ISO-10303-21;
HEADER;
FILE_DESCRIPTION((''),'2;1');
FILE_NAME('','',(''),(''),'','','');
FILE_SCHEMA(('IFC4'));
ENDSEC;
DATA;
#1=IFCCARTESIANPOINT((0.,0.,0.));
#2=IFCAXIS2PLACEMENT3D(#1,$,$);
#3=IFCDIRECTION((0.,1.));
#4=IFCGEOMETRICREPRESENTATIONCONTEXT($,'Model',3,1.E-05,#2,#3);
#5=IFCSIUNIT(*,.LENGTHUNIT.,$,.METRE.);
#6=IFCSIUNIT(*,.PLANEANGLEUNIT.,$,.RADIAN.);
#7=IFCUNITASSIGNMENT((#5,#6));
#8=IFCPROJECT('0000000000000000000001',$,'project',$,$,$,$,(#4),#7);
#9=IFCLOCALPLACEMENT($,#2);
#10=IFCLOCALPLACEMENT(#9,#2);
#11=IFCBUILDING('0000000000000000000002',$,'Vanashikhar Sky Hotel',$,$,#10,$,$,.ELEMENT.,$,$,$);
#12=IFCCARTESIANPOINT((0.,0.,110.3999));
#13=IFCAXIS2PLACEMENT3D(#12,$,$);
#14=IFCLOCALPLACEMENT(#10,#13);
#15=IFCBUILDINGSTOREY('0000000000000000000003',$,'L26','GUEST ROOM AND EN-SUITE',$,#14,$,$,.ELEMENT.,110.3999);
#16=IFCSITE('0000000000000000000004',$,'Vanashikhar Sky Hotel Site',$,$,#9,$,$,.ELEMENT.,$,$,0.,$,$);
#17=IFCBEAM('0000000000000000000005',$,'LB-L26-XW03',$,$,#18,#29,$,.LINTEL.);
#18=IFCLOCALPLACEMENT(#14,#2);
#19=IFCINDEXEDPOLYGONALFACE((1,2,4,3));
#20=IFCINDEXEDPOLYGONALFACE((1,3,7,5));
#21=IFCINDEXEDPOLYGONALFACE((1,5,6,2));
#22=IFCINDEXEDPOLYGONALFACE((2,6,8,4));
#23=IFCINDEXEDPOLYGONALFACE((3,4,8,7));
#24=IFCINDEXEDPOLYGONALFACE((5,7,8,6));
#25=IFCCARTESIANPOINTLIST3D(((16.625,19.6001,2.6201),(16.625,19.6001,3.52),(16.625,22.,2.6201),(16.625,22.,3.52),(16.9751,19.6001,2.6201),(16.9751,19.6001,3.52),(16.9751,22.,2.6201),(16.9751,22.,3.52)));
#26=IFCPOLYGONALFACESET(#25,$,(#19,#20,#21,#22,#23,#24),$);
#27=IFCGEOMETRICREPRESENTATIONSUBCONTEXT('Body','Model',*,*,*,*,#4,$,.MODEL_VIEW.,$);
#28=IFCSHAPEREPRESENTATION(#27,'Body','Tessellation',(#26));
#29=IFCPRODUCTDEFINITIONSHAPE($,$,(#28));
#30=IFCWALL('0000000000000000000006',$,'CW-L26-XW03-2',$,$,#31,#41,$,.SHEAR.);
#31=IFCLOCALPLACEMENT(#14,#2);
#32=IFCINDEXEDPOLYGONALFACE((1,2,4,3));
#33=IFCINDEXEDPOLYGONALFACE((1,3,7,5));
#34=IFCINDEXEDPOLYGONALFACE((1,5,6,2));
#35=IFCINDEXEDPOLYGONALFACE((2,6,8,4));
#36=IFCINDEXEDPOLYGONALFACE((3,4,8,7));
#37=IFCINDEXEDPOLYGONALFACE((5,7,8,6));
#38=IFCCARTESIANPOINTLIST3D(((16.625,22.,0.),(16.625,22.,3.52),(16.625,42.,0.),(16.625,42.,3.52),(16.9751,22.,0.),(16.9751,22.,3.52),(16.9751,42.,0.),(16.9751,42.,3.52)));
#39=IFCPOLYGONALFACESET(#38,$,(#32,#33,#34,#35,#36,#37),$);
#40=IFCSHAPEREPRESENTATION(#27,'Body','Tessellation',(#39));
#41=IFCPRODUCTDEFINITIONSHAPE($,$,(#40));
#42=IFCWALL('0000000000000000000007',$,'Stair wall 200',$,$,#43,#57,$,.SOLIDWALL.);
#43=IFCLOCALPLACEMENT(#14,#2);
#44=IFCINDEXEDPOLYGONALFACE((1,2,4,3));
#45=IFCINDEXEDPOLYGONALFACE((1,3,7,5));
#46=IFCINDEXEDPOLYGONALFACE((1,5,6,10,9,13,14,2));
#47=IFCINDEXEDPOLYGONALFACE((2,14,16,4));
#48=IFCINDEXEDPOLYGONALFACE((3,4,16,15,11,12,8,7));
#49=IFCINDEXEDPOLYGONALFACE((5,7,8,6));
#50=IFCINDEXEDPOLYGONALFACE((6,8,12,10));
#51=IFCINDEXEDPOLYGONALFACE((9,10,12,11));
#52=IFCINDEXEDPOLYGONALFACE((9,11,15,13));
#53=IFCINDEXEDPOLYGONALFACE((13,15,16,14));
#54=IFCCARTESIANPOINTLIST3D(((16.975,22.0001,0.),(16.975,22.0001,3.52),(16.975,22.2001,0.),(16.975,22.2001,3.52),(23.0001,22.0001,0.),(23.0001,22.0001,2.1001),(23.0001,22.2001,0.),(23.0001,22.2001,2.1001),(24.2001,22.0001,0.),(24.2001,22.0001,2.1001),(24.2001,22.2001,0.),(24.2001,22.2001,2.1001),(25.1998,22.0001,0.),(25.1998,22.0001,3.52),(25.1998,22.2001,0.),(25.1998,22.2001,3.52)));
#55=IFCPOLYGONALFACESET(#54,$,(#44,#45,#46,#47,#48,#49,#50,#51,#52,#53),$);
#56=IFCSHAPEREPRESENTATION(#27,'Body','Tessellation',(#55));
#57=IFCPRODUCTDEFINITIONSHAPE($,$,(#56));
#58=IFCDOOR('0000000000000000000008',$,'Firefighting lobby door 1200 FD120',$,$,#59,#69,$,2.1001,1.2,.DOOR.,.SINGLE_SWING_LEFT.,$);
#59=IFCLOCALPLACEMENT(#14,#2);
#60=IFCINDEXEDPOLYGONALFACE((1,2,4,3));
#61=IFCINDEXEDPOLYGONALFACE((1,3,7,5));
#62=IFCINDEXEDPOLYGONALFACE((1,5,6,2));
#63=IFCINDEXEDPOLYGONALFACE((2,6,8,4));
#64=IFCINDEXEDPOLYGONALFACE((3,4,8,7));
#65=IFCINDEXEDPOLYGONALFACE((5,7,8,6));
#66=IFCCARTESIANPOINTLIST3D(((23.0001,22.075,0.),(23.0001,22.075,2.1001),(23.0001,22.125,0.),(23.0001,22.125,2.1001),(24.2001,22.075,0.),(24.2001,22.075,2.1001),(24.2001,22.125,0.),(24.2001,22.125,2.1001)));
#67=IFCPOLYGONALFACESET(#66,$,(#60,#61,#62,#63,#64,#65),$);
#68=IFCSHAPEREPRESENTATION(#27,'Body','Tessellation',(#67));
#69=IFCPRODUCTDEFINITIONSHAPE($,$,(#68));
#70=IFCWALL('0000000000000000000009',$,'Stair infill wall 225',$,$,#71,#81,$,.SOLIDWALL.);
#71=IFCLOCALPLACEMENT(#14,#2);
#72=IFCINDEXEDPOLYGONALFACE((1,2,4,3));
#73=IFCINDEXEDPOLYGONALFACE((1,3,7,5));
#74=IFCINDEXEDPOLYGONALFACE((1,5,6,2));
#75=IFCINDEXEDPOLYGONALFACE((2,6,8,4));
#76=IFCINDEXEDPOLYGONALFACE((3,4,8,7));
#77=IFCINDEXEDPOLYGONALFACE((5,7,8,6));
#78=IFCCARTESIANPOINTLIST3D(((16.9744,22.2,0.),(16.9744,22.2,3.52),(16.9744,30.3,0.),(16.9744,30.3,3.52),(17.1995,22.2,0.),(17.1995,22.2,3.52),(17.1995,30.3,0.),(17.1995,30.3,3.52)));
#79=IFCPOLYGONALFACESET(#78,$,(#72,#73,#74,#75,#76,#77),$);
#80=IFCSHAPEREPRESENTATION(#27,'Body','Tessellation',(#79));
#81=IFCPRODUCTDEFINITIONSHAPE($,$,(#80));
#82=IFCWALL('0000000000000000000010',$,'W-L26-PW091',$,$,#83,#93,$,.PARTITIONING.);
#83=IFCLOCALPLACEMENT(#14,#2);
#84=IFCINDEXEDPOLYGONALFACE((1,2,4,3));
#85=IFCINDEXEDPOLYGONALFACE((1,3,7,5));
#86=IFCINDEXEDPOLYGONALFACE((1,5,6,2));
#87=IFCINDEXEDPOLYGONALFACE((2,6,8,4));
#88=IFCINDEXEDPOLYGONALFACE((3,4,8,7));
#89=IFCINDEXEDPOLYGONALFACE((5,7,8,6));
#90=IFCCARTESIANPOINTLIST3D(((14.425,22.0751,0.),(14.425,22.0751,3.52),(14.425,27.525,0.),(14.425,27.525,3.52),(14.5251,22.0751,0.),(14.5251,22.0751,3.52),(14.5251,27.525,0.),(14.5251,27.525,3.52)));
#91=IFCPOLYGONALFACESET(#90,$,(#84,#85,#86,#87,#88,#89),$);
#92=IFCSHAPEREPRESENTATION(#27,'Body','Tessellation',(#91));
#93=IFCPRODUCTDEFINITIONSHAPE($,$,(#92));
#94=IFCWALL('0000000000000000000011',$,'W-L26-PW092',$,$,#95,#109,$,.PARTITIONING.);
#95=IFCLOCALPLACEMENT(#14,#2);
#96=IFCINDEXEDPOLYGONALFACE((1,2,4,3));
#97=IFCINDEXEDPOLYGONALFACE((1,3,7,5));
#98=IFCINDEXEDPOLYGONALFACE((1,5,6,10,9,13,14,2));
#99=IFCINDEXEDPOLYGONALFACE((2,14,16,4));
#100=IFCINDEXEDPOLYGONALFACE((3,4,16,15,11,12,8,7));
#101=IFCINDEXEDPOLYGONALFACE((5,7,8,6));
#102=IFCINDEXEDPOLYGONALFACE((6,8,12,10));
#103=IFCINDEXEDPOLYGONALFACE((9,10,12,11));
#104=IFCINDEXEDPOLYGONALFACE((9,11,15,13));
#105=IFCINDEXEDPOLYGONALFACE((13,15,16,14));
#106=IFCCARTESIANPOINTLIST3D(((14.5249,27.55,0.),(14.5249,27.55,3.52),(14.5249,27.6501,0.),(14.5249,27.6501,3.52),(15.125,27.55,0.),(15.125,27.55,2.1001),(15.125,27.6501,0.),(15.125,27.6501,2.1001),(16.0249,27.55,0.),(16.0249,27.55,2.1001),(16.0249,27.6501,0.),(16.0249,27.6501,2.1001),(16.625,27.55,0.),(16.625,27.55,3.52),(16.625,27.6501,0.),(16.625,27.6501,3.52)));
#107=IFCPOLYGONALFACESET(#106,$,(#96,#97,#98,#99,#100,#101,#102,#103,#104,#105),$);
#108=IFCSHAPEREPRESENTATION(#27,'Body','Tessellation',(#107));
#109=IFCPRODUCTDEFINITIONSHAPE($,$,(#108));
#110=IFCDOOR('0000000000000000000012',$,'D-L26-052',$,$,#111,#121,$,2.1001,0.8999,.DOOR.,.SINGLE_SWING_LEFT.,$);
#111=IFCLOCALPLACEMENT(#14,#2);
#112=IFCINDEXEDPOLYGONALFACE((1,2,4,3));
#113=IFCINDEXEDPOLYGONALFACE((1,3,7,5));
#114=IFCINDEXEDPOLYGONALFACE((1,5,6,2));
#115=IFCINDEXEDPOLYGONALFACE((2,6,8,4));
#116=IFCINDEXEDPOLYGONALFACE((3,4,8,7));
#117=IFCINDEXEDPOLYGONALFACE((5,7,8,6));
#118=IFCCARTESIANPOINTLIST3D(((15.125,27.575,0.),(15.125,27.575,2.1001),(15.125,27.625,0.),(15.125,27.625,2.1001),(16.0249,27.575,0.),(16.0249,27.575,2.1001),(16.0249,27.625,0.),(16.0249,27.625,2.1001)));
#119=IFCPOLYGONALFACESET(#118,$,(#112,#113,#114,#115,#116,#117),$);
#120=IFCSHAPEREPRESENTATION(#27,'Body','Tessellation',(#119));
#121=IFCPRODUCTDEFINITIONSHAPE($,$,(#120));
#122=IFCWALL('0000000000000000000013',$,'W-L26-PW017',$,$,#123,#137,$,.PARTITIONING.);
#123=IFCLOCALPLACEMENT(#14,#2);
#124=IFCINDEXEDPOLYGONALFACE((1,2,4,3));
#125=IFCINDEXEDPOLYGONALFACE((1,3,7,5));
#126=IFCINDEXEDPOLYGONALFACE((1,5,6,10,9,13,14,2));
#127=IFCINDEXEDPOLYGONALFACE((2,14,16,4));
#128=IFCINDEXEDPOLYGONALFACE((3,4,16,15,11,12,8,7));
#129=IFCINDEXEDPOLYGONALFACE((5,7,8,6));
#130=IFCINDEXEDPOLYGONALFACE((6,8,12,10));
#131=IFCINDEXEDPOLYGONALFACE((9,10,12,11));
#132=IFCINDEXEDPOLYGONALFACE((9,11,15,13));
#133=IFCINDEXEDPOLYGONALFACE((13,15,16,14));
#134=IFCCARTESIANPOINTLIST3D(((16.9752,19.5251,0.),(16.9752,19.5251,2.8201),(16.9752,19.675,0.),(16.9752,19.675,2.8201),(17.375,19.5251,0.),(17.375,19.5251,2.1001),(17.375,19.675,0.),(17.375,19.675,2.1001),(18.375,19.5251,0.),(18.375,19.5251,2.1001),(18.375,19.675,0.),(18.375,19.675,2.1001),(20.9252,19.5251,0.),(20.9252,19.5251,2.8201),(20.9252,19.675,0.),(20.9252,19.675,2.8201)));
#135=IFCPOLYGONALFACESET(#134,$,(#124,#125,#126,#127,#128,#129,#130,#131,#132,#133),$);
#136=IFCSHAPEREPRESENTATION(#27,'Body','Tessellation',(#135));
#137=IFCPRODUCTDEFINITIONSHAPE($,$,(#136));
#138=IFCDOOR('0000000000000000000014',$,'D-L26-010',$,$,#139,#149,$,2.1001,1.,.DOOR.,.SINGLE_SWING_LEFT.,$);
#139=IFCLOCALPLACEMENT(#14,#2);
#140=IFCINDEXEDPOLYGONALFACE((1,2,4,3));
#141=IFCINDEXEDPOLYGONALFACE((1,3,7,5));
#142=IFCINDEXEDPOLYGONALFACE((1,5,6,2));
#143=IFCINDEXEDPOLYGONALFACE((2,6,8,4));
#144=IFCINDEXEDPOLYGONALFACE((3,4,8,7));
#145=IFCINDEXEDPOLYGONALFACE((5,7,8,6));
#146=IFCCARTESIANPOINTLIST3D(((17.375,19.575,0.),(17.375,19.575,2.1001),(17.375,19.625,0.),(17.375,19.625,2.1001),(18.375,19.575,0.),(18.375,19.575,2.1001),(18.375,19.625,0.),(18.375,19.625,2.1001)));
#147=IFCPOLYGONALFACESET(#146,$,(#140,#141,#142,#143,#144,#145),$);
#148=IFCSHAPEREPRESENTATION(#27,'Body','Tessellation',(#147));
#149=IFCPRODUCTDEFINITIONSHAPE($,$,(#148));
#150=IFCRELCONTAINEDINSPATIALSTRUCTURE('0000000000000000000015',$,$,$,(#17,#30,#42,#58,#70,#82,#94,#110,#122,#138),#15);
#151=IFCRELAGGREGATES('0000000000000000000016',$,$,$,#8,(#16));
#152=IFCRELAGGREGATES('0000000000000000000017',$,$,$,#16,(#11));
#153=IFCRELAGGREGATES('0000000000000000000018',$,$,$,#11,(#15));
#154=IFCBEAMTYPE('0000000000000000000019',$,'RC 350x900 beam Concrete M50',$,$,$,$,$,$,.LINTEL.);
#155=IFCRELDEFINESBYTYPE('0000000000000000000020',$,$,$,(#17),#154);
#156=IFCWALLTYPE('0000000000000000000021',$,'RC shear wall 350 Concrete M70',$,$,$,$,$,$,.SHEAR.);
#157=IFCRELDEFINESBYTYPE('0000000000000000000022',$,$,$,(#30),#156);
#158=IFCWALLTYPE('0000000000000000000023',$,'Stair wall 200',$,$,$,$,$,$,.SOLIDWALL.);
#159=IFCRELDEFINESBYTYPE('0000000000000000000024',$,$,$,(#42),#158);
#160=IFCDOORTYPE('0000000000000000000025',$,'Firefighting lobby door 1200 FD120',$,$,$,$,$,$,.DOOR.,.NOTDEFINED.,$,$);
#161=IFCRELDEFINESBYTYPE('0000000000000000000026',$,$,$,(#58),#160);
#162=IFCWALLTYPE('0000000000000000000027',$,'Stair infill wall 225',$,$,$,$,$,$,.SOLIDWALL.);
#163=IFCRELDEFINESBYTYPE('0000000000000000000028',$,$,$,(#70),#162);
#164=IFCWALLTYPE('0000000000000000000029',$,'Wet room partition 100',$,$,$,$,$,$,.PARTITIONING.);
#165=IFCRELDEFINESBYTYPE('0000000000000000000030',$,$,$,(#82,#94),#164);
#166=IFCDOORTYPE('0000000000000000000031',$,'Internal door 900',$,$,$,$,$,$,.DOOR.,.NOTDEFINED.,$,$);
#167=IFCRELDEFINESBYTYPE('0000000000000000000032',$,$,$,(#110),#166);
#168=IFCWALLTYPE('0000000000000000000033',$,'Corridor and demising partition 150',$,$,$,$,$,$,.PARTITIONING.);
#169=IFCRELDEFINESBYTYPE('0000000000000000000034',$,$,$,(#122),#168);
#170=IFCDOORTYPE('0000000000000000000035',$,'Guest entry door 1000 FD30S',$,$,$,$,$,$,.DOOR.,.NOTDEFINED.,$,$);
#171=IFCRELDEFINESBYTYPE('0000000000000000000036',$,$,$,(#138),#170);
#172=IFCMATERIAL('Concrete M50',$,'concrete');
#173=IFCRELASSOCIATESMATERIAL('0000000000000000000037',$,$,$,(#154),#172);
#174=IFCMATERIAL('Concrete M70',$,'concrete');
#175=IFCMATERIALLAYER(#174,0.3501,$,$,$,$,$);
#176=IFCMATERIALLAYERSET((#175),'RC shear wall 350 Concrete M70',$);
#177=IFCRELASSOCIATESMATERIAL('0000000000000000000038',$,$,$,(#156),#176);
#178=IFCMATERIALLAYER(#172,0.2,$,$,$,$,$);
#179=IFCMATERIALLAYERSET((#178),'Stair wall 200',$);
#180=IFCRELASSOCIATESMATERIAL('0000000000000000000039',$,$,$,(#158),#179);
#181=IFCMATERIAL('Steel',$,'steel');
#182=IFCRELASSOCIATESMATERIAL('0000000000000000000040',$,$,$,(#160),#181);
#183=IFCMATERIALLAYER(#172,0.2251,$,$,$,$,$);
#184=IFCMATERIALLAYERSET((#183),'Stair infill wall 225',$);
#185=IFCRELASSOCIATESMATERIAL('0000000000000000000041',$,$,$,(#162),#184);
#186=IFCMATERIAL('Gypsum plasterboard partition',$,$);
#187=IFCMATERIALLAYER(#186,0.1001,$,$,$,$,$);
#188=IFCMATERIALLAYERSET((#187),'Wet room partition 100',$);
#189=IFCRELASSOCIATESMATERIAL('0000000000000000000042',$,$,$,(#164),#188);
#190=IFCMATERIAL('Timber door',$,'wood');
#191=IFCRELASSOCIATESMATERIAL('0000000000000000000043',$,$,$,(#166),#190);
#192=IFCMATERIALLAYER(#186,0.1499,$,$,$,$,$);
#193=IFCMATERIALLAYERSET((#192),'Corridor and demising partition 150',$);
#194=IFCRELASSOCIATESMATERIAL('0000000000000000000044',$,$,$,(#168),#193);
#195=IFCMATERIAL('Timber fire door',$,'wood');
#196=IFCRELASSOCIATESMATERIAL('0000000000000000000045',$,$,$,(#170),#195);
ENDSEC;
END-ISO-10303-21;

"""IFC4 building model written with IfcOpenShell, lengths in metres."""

from ifc_helpers import new_model, si_unit, direction, frame, frame_2d, origin, origin_2d, place, context, subcontext, project, spatial, rectangle, extrude, source, transform, mapped, material, layer, layer_set, material_profile, profile_set, type_object, element, fill, save


model = new_model("IFC4")

# Units and contexts
model_context = context("Model", 3, precision=1e-05, world=origin(), true_north=direction((0.0, 1.0)))
body_context = subcontext(model_context, "Body", "Model", "MODEL_VIEW")
ifc_project = project(units=[si_unit("LENGTHUNIT", "METRE"), si_unit("PLANEANGLEUNIT", "RADIAN")], contexts=[model_context])

# Site, building, storey
site_placement = place(None, origin())
site = spatial("IfcSite", under=ifc_project, at=site_placement, Name="Vanashikhar Sky Hotel Site", CompositionType="ELEMENT", RefElevation=0.0)
building_placement = place(site_placement, origin())
building = spatial("IfcBuilding", under=site, at=building_placement, Name="Vanashikhar Sky Hotel", CompositionType="ELEMENT")
storey_placement = place(building_placement, frame((0.0, 0.0, 110.3999)))
storey = spatial("IfcBuildingStorey", under=building, at=storey_placement, Name="L26", Description="GUEST ROOM AND EN-SUITE", CompositionType="ELEMENT", Elevation=110.3999)

# Beam
ifc_material_1 = material(Name="Concrete M50", Category="concrete")
ifc_material_profile = material_profile(ifc_material_1, rectangle(XDim=0.3501, YDim=0.8999, at=origin_2d()))
ifc_profile_set = profile_set([ifc_material_profile], Name="RC 350x900 beam Concrete M50")
beam_type = type_object("IfcBeamType", Name="RC 350x900 beam Concrete M50", PredefinedType="LINTEL", material=ifc_profile_set)
shared_shape_1 = source(origin(), body_context, "Body", "SweptSolid", [
    extrude(rectangle(XDim=0.3501, YDim=0.8999, at=origin_2d()), origin(), (0.0, 0.0, 1.0), 2.3999),
])
beam_placement = place(storey_placement, frame((16.8, 19.6001, 3.0701), z_axis=(0.0, 1.0, 0.0), x_axis=(-1.0, 0.0, 0.0)))
element("IfcBeam", 1, at=beam_placement, inside=storey, type_object=beam_type, Name="LB-L26-XW03", PredefinedType="LINTEL", context=body_context, shape_type="MappedRepresentation", body=[
    mapped(shared_shape_1, transform((0.0, 0.0, 0.0), scale=1.0)),
])

# Wall
ifc_material_2 = material(Name="Concrete M70", Category="concrete")
ifc_layer_1 = layer(ifc_material_2, 0.3501)
ifc_layer_set_1 = layer_set([ifc_layer_1], Name="RC shear wall 350 Concrete M70")
wall_type_1 = type_object("IfcWallType", Name="RC shear wall 350 Concrete M70", PredefinedType="SHEAR", material=ifc_layer_set_1)
shared_shape_2 = source(origin(), body_context, "Body", "SweptSolid", [
    extrude(rectangle(XDim=20.0, YDim=0.3501, at=frame_2d((10.0, 0.0))), origin(), (0.0, 0.0, 1.0), 3.52),
])
wall_1_placement = place(storey_placement, frame((16.8, 22.0, 0.0), z_axis=(0.0, 0.0, 1.0), x_axis=(0.0, 1.0, 0.0)))
element("IfcWall", 2, at=wall_1_placement, inside=storey, type_object=wall_type_1, Name="CW-L26-XW03-2", PredefinedType="SHEAR", context=body_context, shape_type="MappedRepresentation", body=[
    mapped(shared_shape_2, transform((0.0, 0.0, 0.0), scale=1.0)),
])

# Wall, opening, door
ifc_layer_2 = layer(ifc_material_1, 0.2)
ifc_layer_set_2 = layer_set([ifc_layer_2], Name="Stair wall 200")
wall_type_2 = type_object("IfcWallType", Name="Stair wall 200", PredefinedType="SOLIDWALL", material=ifc_layer_set_2)
shared_shape_3 = source(origin(), body_context, "Body", "SweptSolid", [
    extrude(rectangle(XDim=8.2249, YDim=0.2, at=frame_2d((4.1123, 0.0))), origin(), (0.0, 0.0, 1.0), 3.52),
])
wall_2_placement = place(storey_placement, frame((16.9751, 22.1001, 0.0), z_axis=(0.0, 0.0, 1.0), x_axis=(1.0, 0.0, 0.0)))
wall_2 = element("IfcWall", 3, at=wall_2_placement, inside=storey, type_object=wall_type_2, Name="Stair wall 200", PredefinedType="SOLIDWALL", context=body_context, shape_type="MappedRepresentation", body=[
    mapped(shared_shape_3, transform((0.0, 0.0, 0.0), scale=1.0)),
])
shared_shape_4 = source(origin(), body_context, "Body", "SweptSolid", [
    extrude(rectangle(XDim=1.2, YDim=2.1001, at=frame_2d((0.6001, 1.05))), frame((0.0, 0.1099, 0.0), z_axis=(0.0, -1.0, 0.0), x_axis=(1.0, 0.0, 0.0)), (0.0, 0.0, 1.0), 0.22),
])
opening_1_placement = place(wall_2_placement, frame((6.0249, 0.0, 0.0)))
opening_1 = element("IfcOpeningElement", 4, at=opening_1_placement, cuts=wall_2, PredefinedType="OPENING", context=body_context, shape_type="MappedRepresentation", body=[
    mapped(shared_shape_4, transform((0.0, 0.0, 0.0), scale=1.0)),
])
ifc_material_3 = material(Name="Steel", Category="steel")
door_type_1 = type_object("IfcDoorType", Name="Firefighting lobby door 1200 FD120", OperationType="NOTDEFINED", PredefinedType="DOOR", material=ifc_material_3)
shared_shape_5 = source(origin(), body_context, "Body", "SweptSolid", [
    extrude(rectangle(XDim=1.2, YDim=2.1001, at=frame_2d((0.6001, 1.05))), frame((0.0, 0.0249, 0.0), z_axis=(0.0, -1.0, 0.0), x_axis=(1.0, 0.0, 0.0)), (0.0, 0.0, 1.0), 0.05),
])
door_1_placement = place(opening_1_placement, origin())
door_1 = element("IfcDoor", 5, at=door_1_placement, inside=storey, type_object=door_type_1, Name="Firefighting lobby door 1200 FD120", OperationType="SINGLE_SWING_LEFT", OverallHeight=2.1001, OverallWidth=1.2, PredefinedType="DOOR", context=body_context, shape_type="MappedRepresentation", body=[
    mapped(shared_shape_5, transform((0.0, 0.0, 0.0), scale=1.0)),
])
fill(opening_1, door_1)

# Walls
ifc_layer_3 = layer(ifc_material_1, 0.2251)
ifc_layer_set_3 = layer_set([ifc_layer_3], Name="Stair infill wall 225")
wall_type_3 = type_object("IfcWallType", Name="Stair infill wall 225", PredefinedType="SOLIDWALL", material=ifc_layer_set_3)
shared_shape_6 = source(origin(), body_context, "Body", "SweptSolid", [
    extrude(rectangle(XDim=8.1001, YDim=0.2251, at=frame_2d((4.05, 0.0))), origin(), (0.0, 0.0, 1.0), 3.52),
])
wall_3_placement = place(storey_placement, frame((17.0869, 22.2, 0.0), z_axis=(0.0, 0.0, 1.0), x_axis=(0.0, 1.0, 0.0)))
element("IfcWall", 6, at=wall_3_placement, inside=storey, type_object=wall_type_3, Name="Stair infill wall 225", PredefinedType="SOLIDWALL", context=body_context, shape_type="MappedRepresentation", body=[
    mapped(shared_shape_6, transform((0.0, 0.0, 0.0), scale=1.0)),
])
ifc_material_4 = material(Name="Gypsum plasterboard partition")
ifc_layer_4 = layer(ifc_material_4, 0.1001)
ifc_layer_set_4 = layer_set([ifc_layer_4], Name="Wet room partition 100")
wall_type_4 = type_object("IfcWallType", Name="Wet room partition 100", PredefinedType="PARTITIONING", material=ifc_layer_set_4)
shared_shape_7 = source(origin(), body_context, "Body", "SweptSolid", [
    extrude(rectangle(XDim=5.45, YDim=0.1001, at=frame_2d((2.7251, 0.0))), origin(), (0.0, 0.0, 1.0), 3.52),
])
wall_4_placement = place(storey_placement, frame((14.4751, 22.075, 0.0), z_axis=(0.0, 0.0, 1.0), x_axis=(0.0, 1.0, 0.0)))
element("IfcWall", 7, at=wall_4_placement, inside=storey, type_object=wall_type_4, Name="W-L26-PW091", PredefinedType="PARTITIONING", context=body_context, shape_type="MappedRepresentation", body=[
    mapped(shared_shape_7, transform((0.0, 0.0, 0.0), scale=1.0)),
])

# Walls, openings, doors
shared_shape_8 = source(origin(), body_context, "Body", "SweptSolid", [
    extrude(rectangle(XDim=2.1001, YDim=0.1001, at=frame_2d((1.05, 0.0))), origin(), (0.0, 0.0, 1.0), 3.52),
])
wall_5_placement = place(storey_placement, frame((14.5249, 27.6001, 0.0), z_axis=(0.0, 0.0, 1.0), x_axis=(1.0, 0.0, 0.0)))
wall_5 = element("IfcWall", 8, at=wall_5_placement, inside=storey, type_object=wall_type_4, Name="W-L26-PW092", PredefinedType="PARTITIONING", context=body_context, shape_type="MappedRepresentation", body=[
    mapped(shared_shape_8, transform((0.0, 0.0, 0.0), scale=1.0)),
])
shared_shape_9 = source(origin(), body_context, "Body", "SweptSolid", [
    extrude(rectangle(XDim=0.8999, YDim=2.1001, at=frame_2d((0.45, 1.05))), frame((0.0, 0.0601, 0.0), z_axis=(0.0, -1.0, 0.0), x_axis=(1.0, 0.0, 0.0)), (0.0, 0.0, 1.0), 0.1201),
])
opening_2_placement = place(wall_5_placement, frame((0.6001, 0.0, 0.0)))
opening_2 = element("IfcOpeningElement", 9, at=opening_2_placement, cuts=wall_5, PredefinedType="OPENING", context=body_context, shape_type="MappedRepresentation", body=[
    mapped(shared_shape_9, transform((0.0, 0.0, 0.0), scale=1.0)),
])
ifc_material_5 = material(Name="Timber door", Category="wood")
door_type_2 = type_object("IfcDoorType", Name="Internal door 900", OperationType="NOTDEFINED", PredefinedType="DOOR", material=ifc_material_5)
shared_shape_10 = source(origin(), body_context, "Body", "SweptSolid", [
    extrude(rectangle(XDim=0.8999, YDim=2.1001, at=frame_2d((0.45, 1.05))), frame((0.0, 0.0249, 0.0), z_axis=(0.0, -1.0, 0.0), x_axis=(1.0, 0.0, 0.0)), (0.0, 0.0, 1.0), 0.05),
])
door_2_placement = place(opening_2_placement, origin())
door_2 = element("IfcDoor", 10, at=door_2_placement, inside=storey, type_object=door_type_2, Name="D-L26-052", OperationType="SINGLE_SWING_LEFT", OverallHeight=2.1001, OverallWidth=0.8999, PredefinedType="DOOR", context=body_context, shape_type="MappedRepresentation", body=[
    mapped(shared_shape_10, transform((0.0, 0.0, 0.0), scale=1.0)),
])
fill(opening_2, door_2)
ifc_layer_5 = layer(ifc_material_4, 0.1499)
ifc_layer_set_5 = layer_set([ifc_layer_5], Name="Corridor and demising partition 150")
wall_type_5 = type_object("IfcWallType", Name="Corridor and demising partition 150", PredefinedType="PARTITIONING", material=ifc_layer_set_5)
shared_shape_11 = source(origin(), body_context, "Body", "SweptSolid", [
    extrude(rectangle(XDim=3.95, YDim=0.1499, at=frame_2d((1.9751, 0.0))), origin(), (0.0, 0.0, 1.0), 2.8201),
])
wall_6_placement = place(storey_placement, frame((16.9751, 19.6001, 0.0), z_axis=(0.0, 0.0, 1.0), x_axis=(1.0, 0.0, 0.0)))
wall_6 = element("IfcWall", 11, at=wall_6_placement, inside=storey, type_object=wall_type_5, Name="W-L26-PW017", PredefinedType="PARTITIONING", context=body_context, shape_type="MappedRepresentation", body=[
    mapped(shared_shape_11, transform((0.0, 0.0, 0.0), scale=1.0)),
])
shared_shape_12 = source(origin(), body_context, "Body", "SweptSolid", [
    extrude(rectangle(XDim=1.0, YDim=2.1001, at=frame_2d((0.5, 1.05))), frame((0.0, 0.085, 0.0), z_axis=(0.0, -1.0, 0.0), x_axis=(1.0, 0.0, 0.0)), (0.0, 0.0, 1.0), 0.1699),
])
opening_3_placement = place(wall_6_placement, frame((0.3999, 0.0, 0.0)))
opening_3 = element("IfcOpeningElement", 12, at=opening_3_placement, cuts=wall_6, PredefinedType="OPENING", context=body_context, shape_type="MappedRepresentation", body=[
    mapped(shared_shape_12, transform((0.0, 0.0, 0.0), scale=1.0)),
])
ifc_material_6 = material(Name="Timber fire door", Category="wood")
door_type_3 = type_object("IfcDoorType", Name="Guest entry door 1000 FD30S", OperationType="NOTDEFINED", PredefinedType="DOOR", material=ifc_material_6)
shared_shape_13 = source(origin(), body_context, "Body", "SweptSolid", [
    extrude(rectangle(XDim=1.0, YDim=2.1001, at=frame_2d((0.5, 1.05))), frame((0.0, 0.0249, 0.0), z_axis=(0.0, -1.0, 0.0), x_axis=(1.0, 0.0, 0.0)), (0.0, 0.0, 1.0), 0.05),
])
door_3_placement = place(opening_3_placement, origin())
door_3 = element("IfcDoor", 13, at=door_3_placement, inside=storey, type_object=door_type_3, Name="D-L26-010", OperationType="SINGLE_SWING_LEFT", OverallHeight=2.1001, OverallWidth=1.0, PredefinedType="DOOR", context=body_context, shape_type="MappedRepresentation", body=[
    mapped(shared_shape_13, transform((0.0, 0.0, 0.0), scale=1.0)),
])
fill(opening_3, door_3)

save(model, "model.ifc")
